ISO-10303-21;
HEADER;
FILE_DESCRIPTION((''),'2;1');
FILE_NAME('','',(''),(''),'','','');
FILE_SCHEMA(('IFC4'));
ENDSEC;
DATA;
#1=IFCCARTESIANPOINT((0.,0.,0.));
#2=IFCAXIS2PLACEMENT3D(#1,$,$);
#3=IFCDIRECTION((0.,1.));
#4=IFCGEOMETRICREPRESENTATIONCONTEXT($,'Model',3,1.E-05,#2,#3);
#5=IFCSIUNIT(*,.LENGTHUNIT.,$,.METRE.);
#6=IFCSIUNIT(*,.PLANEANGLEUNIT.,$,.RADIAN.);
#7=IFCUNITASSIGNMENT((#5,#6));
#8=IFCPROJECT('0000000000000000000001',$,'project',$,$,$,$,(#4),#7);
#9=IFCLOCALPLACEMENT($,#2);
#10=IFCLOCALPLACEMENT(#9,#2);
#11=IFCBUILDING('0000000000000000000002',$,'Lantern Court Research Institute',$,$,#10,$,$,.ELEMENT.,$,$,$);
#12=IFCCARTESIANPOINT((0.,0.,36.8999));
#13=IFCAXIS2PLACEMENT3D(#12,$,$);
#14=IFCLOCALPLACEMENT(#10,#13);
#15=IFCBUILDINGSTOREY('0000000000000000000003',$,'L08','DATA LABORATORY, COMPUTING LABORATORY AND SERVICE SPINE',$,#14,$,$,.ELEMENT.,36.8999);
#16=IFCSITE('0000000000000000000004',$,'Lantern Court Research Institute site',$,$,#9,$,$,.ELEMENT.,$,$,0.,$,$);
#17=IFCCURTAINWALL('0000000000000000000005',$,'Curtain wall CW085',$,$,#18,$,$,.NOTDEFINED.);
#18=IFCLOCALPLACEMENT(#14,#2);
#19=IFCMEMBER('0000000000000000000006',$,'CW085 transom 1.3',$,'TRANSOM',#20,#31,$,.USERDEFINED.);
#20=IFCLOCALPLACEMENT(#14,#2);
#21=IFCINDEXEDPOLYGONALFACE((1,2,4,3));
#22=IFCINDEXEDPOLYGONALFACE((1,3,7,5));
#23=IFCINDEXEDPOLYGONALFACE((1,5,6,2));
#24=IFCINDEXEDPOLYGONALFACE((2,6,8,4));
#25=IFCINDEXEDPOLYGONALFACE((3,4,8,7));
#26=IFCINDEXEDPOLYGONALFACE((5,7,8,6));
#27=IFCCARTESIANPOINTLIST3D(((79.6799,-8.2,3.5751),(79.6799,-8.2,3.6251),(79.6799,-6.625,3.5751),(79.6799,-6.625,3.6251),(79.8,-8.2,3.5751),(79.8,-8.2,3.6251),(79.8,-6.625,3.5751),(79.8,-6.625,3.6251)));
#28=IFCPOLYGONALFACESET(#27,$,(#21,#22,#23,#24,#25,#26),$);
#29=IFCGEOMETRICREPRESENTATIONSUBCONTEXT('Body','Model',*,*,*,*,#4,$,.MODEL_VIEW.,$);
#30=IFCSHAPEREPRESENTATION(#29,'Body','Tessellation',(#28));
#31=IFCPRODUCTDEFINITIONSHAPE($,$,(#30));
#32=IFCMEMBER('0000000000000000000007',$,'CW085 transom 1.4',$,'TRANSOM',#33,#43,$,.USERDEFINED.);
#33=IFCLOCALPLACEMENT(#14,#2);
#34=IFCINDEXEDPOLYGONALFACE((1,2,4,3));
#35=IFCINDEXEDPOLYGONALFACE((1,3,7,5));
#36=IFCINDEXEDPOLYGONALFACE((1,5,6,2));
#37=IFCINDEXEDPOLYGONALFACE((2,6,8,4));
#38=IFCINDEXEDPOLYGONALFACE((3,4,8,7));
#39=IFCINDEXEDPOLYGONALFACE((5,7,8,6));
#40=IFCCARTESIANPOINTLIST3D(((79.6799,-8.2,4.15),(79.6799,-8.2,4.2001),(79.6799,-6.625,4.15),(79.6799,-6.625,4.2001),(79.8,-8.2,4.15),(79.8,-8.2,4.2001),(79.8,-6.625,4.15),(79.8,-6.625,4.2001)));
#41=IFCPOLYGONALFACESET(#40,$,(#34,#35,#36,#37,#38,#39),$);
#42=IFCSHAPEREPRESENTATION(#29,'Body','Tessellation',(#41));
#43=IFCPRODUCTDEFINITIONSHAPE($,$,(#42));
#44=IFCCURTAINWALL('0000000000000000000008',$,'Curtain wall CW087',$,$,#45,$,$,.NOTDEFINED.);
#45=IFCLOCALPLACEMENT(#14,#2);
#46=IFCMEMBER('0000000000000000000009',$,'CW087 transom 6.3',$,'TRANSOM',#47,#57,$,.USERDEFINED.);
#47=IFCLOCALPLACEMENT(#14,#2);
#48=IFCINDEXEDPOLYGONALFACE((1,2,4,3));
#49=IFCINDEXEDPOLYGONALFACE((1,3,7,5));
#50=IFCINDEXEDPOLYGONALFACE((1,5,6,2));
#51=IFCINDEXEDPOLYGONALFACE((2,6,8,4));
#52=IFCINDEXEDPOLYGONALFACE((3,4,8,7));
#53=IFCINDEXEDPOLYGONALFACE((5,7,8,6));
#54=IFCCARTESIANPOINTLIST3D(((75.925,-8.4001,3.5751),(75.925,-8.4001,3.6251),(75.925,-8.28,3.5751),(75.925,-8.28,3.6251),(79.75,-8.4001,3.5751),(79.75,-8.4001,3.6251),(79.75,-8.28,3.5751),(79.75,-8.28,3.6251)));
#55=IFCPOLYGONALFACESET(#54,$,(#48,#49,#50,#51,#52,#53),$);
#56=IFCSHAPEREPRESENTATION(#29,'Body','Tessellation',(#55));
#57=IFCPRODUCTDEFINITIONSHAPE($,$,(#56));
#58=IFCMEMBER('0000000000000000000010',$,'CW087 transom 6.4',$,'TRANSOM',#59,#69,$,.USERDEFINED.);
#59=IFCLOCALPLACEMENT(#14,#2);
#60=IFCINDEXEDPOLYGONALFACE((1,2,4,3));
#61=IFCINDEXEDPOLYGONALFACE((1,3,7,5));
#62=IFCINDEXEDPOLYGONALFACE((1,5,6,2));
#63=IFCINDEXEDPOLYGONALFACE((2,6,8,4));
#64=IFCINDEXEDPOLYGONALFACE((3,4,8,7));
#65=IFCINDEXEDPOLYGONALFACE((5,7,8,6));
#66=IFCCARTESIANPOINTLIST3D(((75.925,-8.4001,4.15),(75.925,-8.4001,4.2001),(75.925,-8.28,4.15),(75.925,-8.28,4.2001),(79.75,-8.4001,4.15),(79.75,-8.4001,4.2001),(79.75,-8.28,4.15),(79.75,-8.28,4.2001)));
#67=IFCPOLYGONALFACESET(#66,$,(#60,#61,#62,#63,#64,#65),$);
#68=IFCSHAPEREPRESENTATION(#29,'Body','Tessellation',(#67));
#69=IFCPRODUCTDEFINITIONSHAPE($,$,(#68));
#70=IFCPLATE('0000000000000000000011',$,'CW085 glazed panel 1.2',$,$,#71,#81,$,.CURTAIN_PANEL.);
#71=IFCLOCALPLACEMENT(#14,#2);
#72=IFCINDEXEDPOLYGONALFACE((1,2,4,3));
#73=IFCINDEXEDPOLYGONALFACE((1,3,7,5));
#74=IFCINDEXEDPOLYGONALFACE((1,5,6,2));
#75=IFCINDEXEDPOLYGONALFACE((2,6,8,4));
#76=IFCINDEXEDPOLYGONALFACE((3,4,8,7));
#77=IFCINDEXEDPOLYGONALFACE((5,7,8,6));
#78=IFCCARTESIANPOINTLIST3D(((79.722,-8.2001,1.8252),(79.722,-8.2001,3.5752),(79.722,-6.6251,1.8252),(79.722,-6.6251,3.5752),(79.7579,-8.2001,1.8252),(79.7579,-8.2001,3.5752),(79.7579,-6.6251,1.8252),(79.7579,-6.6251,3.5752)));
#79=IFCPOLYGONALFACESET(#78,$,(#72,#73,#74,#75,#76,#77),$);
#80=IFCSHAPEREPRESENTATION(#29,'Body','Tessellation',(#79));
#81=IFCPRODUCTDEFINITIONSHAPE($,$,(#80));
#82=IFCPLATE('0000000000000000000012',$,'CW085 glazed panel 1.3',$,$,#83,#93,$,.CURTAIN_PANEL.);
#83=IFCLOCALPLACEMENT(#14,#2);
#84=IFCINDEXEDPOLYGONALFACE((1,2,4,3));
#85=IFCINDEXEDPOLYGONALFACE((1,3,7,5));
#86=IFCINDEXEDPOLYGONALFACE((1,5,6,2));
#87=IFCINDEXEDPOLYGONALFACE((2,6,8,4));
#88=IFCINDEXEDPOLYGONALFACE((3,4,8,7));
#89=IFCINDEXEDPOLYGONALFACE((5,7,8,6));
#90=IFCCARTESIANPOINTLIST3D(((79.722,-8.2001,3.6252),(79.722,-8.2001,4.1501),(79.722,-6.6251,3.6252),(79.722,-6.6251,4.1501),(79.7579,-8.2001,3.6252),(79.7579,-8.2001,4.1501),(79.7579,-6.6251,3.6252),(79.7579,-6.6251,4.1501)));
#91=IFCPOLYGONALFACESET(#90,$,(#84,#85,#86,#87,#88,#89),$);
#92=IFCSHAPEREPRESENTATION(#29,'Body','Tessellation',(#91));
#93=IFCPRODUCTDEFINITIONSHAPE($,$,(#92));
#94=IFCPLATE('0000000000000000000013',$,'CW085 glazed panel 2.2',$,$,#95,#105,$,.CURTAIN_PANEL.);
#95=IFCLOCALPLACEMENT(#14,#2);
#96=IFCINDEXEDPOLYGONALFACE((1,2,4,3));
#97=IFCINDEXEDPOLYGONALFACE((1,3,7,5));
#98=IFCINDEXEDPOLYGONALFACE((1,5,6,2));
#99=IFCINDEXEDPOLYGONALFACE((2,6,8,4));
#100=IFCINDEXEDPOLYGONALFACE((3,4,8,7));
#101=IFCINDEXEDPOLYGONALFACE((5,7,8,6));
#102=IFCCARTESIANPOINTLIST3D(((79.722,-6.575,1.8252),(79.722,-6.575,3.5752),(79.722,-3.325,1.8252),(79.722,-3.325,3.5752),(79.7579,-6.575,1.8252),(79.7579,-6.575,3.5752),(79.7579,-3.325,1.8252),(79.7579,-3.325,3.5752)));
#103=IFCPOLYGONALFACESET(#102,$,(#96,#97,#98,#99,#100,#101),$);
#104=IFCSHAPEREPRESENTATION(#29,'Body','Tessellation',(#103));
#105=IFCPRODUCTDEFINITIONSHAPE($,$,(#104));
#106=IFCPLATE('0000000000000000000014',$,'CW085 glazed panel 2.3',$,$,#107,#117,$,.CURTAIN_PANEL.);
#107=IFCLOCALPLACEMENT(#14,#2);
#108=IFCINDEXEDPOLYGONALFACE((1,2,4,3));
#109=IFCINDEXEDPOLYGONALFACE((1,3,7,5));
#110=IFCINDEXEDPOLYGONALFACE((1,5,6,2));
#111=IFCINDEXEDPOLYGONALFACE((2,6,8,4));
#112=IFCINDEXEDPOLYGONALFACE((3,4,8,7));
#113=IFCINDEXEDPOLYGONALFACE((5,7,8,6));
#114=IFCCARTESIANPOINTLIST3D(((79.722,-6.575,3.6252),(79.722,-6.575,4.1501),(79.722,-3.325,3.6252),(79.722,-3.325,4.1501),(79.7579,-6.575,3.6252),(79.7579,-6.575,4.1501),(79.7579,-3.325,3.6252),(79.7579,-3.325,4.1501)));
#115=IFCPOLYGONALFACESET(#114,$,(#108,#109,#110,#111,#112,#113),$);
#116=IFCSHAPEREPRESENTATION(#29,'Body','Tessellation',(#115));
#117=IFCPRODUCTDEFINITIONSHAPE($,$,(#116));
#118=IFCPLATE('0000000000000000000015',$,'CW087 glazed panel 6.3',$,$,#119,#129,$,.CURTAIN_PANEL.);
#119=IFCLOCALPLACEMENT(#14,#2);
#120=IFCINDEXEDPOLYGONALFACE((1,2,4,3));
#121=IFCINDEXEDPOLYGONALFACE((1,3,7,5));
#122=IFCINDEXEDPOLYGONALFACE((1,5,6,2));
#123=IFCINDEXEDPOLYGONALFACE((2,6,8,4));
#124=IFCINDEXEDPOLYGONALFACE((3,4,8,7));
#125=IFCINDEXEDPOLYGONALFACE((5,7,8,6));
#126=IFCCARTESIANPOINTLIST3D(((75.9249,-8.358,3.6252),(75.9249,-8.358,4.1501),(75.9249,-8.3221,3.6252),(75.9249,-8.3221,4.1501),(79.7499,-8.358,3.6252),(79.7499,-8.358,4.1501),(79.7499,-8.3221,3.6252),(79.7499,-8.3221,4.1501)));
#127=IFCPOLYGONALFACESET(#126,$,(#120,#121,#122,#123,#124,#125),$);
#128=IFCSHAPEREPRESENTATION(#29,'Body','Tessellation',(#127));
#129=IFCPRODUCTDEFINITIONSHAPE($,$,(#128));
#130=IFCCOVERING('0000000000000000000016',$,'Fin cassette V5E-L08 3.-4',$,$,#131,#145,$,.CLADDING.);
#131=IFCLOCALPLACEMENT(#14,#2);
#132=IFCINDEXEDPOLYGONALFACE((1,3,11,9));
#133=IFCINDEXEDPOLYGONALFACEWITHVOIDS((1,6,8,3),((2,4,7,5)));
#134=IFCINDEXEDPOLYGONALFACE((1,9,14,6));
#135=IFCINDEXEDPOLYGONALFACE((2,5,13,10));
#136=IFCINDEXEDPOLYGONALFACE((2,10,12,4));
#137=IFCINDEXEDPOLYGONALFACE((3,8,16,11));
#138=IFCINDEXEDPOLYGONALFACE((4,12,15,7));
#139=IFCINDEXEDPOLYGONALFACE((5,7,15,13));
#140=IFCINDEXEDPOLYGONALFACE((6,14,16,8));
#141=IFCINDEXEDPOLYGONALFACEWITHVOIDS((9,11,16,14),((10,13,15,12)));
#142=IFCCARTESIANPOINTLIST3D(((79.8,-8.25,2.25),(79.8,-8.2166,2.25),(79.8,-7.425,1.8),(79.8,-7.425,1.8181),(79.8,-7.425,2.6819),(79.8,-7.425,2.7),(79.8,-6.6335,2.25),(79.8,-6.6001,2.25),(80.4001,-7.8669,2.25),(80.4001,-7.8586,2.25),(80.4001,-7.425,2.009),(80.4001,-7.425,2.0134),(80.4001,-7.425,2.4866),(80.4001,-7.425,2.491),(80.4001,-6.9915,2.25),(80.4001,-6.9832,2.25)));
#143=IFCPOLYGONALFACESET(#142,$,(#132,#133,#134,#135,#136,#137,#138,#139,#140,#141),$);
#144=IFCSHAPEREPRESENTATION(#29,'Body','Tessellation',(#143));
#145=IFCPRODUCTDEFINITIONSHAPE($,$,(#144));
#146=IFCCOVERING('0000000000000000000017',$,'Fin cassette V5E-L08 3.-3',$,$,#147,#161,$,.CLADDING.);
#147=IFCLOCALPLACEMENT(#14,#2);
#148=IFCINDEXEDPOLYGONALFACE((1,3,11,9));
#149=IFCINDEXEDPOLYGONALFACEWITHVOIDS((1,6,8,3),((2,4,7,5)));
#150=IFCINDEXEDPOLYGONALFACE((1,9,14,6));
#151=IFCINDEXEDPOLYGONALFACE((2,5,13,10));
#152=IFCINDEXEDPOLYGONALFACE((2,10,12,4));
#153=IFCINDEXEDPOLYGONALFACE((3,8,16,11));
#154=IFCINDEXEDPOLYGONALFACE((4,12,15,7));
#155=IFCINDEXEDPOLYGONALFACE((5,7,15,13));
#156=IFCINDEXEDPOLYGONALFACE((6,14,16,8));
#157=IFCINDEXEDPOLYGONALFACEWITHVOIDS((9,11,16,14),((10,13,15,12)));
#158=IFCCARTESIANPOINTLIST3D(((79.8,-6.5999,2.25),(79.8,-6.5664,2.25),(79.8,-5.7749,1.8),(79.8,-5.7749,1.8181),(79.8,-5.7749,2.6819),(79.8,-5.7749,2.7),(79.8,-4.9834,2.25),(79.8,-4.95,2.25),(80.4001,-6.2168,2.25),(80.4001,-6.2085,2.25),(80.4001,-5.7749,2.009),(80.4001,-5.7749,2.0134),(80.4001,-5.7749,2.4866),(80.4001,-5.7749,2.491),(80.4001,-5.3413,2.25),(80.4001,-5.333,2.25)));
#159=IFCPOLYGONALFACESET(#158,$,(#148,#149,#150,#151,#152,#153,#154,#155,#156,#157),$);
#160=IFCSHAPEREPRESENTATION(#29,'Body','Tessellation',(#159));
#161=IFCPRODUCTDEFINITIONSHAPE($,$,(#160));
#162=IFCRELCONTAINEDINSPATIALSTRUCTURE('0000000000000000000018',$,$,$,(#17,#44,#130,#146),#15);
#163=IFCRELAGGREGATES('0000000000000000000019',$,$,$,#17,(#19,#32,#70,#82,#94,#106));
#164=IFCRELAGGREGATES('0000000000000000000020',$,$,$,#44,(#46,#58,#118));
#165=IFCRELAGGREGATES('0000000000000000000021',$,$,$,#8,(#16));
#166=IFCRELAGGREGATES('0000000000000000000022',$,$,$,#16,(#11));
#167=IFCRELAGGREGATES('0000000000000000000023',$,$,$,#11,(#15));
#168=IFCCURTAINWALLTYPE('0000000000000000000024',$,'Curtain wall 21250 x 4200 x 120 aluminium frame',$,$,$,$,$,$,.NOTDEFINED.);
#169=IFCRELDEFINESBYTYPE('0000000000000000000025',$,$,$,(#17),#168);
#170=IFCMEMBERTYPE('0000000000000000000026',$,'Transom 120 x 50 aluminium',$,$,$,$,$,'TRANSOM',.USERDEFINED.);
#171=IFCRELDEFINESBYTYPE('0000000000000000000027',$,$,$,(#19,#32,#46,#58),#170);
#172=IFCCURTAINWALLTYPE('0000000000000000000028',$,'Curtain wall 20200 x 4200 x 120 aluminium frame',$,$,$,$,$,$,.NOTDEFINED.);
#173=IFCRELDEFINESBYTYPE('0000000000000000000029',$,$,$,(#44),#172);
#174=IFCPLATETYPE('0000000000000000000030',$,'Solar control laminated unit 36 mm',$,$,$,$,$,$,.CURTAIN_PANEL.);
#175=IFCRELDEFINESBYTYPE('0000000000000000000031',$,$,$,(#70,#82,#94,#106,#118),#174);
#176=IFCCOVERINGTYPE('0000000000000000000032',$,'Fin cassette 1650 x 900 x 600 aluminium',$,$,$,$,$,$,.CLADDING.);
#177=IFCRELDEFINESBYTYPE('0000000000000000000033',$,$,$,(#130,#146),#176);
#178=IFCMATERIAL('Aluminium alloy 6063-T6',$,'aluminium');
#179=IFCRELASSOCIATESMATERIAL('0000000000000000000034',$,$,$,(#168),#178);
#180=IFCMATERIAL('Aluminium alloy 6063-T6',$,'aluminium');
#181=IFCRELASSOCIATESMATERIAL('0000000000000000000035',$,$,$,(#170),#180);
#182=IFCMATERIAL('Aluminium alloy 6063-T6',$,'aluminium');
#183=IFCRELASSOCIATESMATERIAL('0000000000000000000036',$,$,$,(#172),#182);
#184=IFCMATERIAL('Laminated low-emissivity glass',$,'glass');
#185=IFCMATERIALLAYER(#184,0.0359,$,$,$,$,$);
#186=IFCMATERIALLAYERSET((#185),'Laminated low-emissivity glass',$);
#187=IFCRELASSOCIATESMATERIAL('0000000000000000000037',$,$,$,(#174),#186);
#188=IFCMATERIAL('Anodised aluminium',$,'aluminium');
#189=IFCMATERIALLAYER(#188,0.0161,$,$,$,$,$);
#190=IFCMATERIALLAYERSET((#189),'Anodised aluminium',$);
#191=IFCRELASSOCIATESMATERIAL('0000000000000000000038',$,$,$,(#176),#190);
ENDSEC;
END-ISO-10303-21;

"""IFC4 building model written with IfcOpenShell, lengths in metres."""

from ifc_helpers import new_model, entity, si_unit, direction, frame, origin, origin_2d, place, context, subcontext, project, spatial, rectangle, extrude, material, layer, layer_set, material_profile, profile_set, type_object, element, aggregate, save


model = new_model("IFC4")

# Units and contexts
model_context = context("Model", 3, precision=1e-05, world=origin(), true_north=direction((0.0, 1.0)))
body_context = subcontext(model_context, "Body", "Model", "MODEL_VIEW")
ifc_project = project(units=[si_unit("LENGTHUNIT", "METRE"), si_unit("PLANEANGLEUNIT", "RADIAN")], contexts=[model_context])

# Site, building, storey
site_placement = place(None, origin())
site = spatial("IfcSite", under=ifc_project, at=site_placement, Name="Lantern Court Research Institute site", CompositionType="ELEMENT", RefElevation=0.0)
building_placement = place(site_placement, origin())
building = spatial("IfcBuilding", under=site, at=building_placement, Name="Lantern Court Research Institute", CompositionType="ELEMENT")
storey_placement = place(building_placement, frame((0.0, 0.0, 36.8999)))
storey = spatial("IfcBuildingStorey", under=building, at=storey_placement, Name="L08", Description="DATA LABORATORY, COMPUTING LABORATORY AND SERVICE SPINE", CompositionType="ELEMENT", Elevation=36.8999)

# Curtain walls, members
ifc_material_1 = material(Name="Aluminium alloy 6063-T6", Category="aluminium")
curtain_wall_type_1 = type_object("IfcCurtainWallType", Name="Curtain wall 21250 x 4200 x 120 aluminium frame", PredefinedType="NOTDEFINED", material=ifc_material_1)
curtain_wall_1_placement = place(storey_placement, origin())
curtain_wall_1 = element("IfcCurtainWall", 1, at=curtain_wall_1_placement, inside=storey, type_object=curtain_wall_type_1, Name="Curtain wall CW085", PredefinedType="NOTDEFINED")
ifc_material_2 = material(Name="Aluminium alloy 6063-T6", Category="aluminium")
ifc_material_profile = material_profile(ifc_material_2, rectangle(XDim=0.1201, YDim=0.05, at=origin_2d()), Name="Transom 120 x 50")
ifc_profile_set = profile_set([ifc_material_profile], Name="Aluminium alloy 6063-T6")
member_type = type_object("IfcMemberType", Name="Transom 120 x 50 aluminium", ElementType="TRANSOM", PredefinedType="USERDEFINED", material=ifc_profile_set)
member_1_placement = place(storey_placement, frame((79.74, -6.625, 3.6001), z_axis=(0.0, -1.0, 0.0), x_axis=(1.0, 0.0, 0.0)))
member_1 = element("IfcMember", 2, at=member_1_placement, type_object=member_type, Name="CW085 transom 1.3", ObjectType="TRANSOM", PredefinedType="USERDEFINED", context=body_context, shape_type="SweptSolid", body=[
    extrude(rectangle(XDim=0.1201, YDim=0.05, at=origin_2d()), origin(), (0.0, 0.0, 1.0), 1.575),
])
member_2_placement = place(storey_placement, frame((79.74, -6.625, 4.175), z_axis=(0.0, -1.0, 0.0), x_axis=(1.0, 0.0, 0.0)))
member_2 = element("IfcMember", 3, at=member_2_placement, type_object=member_type, Name="CW085 transom 1.4", ObjectType="TRANSOM", PredefinedType="USERDEFINED", context=body_context, shape_type="SweptSolid", body=[
    extrude(rectangle(XDim=0.1201, YDim=0.05, at=origin_2d()), origin(), (0.0, 0.0, 1.0), 1.575),
])
ifc_material_3 = material(Name="Aluminium alloy 6063-T6", Category="aluminium")
curtain_wall_type_2 = type_object("IfcCurtainWallType", Name="Curtain wall 20200 x 4200 x 120 aluminium frame", PredefinedType="NOTDEFINED", material=ifc_material_3)
curtain_wall_2_placement = place(storey_placement, origin())
curtain_wall_2 = element("IfcCurtainWall", 4, at=curtain_wall_2_placement, inside=storey, type_object=curtain_wall_type_2, Name="Curtain wall CW087", PredefinedType="NOTDEFINED")
member_3_placement = place(storey_placement, frame((79.75, -8.3401, 3.6001), z_axis=(-1.0, 0.0, 0.0), x_axis=(0.0, -1.0, 0.0)))
member_3 = element("IfcMember", 5, at=member_3_placement, type_object=member_type, Name="CW087 transom 6.3", ObjectType="TRANSOM", PredefinedType="USERDEFINED", context=body_context, shape_type="SweptSolid", body=[
    extrude(rectangle(XDim=0.1201, YDim=0.05, at=origin_2d()), origin(), (0.0, 0.0, 1.0), 3.825),
])
member_4_placement = place(storey_placement, frame((79.75, -8.3401, 4.175), z_axis=(-1.0, 0.0, 0.0), x_axis=(0.0, -1.0, 0.0)))
member_4 = element("IfcMember", 6, at=member_4_placement, type_object=member_type, Name="CW087 transom 6.4", ObjectType="TRANSOM", PredefinedType="USERDEFINED", context=body_context, shape_type="SweptSolid", body=[
    extrude(rectangle(XDim=0.1201, YDim=0.05, at=origin_2d()), origin(), (0.0, 0.0, 1.0), 3.825),
])

# Plates
ifc_material_4 = material(Name="Laminated low-emissivity glass", Category="glass")
ifc_layer_1 = layer(ifc_material_4, 0.0359)
ifc_layer_set_1 = layer_set([ifc_layer_1], Name="Laminated low-emissivity glass")
plate_type = type_object("IfcPlateType", Name="Solar control laminated unit 36 mm", PredefinedType="CURTAIN_PANEL", material=ifc_layer_set_1)
plate_1_placement = place(storey_placement, frame((79.74, -7.4126, 1.8252), z_axis=(0.0, 0.0, 1.0), x_axis=(0.0, -1.0, 0.0)))
plate_1 = element("IfcPlate", 7, at=plate_1_placement, type_object=plate_type, Name="CW085 glazed panel 1.2", PredefinedType="CURTAIN_PANEL", context=body_context, shape_type="SweptSolid", body=[
    extrude(rectangle(XDim=1.575, YDim=0.0359, at=origin_2d()), origin(), (0.0, 0.0, 1.0), 1.75),
])
plate_2_placement = place(storey_placement, frame((79.74, -7.4126, 3.6252), z_axis=(0.0, 0.0, 1.0), x_axis=(0.0, -1.0, 0.0)))
plate_2 = element("IfcPlate", 8, at=plate_2_placement, type_object=plate_type, Name="CW085 glazed panel 1.3", PredefinedType="CURTAIN_PANEL", context=body_context, shape_type="SweptSolid", body=[
    extrude(rectangle(XDim=1.575, YDim=0.0359, at=origin_2d()), origin(), (0.0, 0.0, 1.0), 0.5249),
])
plate_3_placement = place(storey_placement, frame((79.74, -4.95, 1.8252), z_axis=(0.0, 0.0, 1.0), x_axis=(0.0, -1.0, 0.0)))
plate_3 = element("IfcPlate", 9, at=plate_3_placement, type_object=plate_type, Name="CW085 glazed panel 2.2", PredefinedType="CURTAIN_PANEL", context=body_context, shape_type="SweptSolid", body=[
    extrude(rectangle(XDim=3.25, YDim=0.0359, at=origin_2d()), origin(), (0.0, 0.0, 1.0), 1.75),
])
plate_4_placement = place(storey_placement, frame((79.74, -4.95, 3.6252), z_axis=(0.0, 0.0, 1.0), x_axis=(0.0, -1.0, 0.0)))
plate_4 = element("IfcPlate", 10, at=plate_4_placement, type_object=plate_type, Name="CW085 glazed panel 2.3", PredefinedType="CURTAIN_PANEL", context=body_context, shape_type="SweptSolid", body=[
    extrude(rectangle(XDim=3.25, YDim=0.0359, at=origin_2d()), origin(), (0.0, 0.0, 1.0), 0.5249),
])
aggregate(curtain_wall_1, [member_1, member_2, plate_1, plate_2, plate_3, plate_4])
plate_5_placement = place(storey_placement, frame((77.8374, -8.3401, 3.6252), z_axis=(0.0, 0.0, 1.0), x_axis=(-1.0, 0.0, 0.0)))
plate_5 = element("IfcPlate", 11, at=plate_5_placement, type_object=plate_type, Name="CW087 glazed panel 6.3", PredefinedType="CURTAIN_PANEL", context=body_context, shape_type="SweptSolid", body=[
    extrude(rectangle(XDim=3.825, YDim=0.0359, at=origin_2d()), origin(), (0.0, 0.0, 1.0), 0.5249),
])
aggregate(curtain_wall_2, [member_3, member_4, plate_5])

# Coverings
ifc_material_5 = material(Name="Anodised aluminium", Category="aluminium")
ifc_layer_2 = layer(ifc_material_5, 0.0161)
ifc_layer_set_2 = layer_set([ifc_layer_2], Name="Anodised aluminium")
covering_type = type_object("IfcCoveringType", Name="Fin cassette 1650 x 900 x 600 aluminium", PredefinedType="CLADDING", material=ifc_layer_set_2)
covering_1_placement = place(storey_placement, frame((79.8, -7.425, 2.25), z_axis=(1.0, 0.0, 0.0), x_axis=(0.0, 1.0, 0.0)))
cartesian_point_1 = entity("IfcCartesianPoint", [0.825, 0.0])
cartesian_point_2 = entity("IfcCartesianPoint", [0.7915, 0.0])
cartesian_point_3 = entity("IfcCartesianPoint", [0.4419, 0.0])
cartesian_point_4 = entity("IfcCartesianPoint", [0.4336, 0.0])
element("IfcCovering", 12, at=covering_1_placement, inside=storey, type_object=covering_type, Name="Fin cassette V5E-L08 3.-4", PredefinedType="CLADDING", context=body_context, shape_type="SweptSolid", body=[
    entity("IfcExtrudedAreaSolidTapered", entity("IfcArbitraryProfileDefWithVoids", "AREA", None, entity("IfcPolyline", [cartesian_point_1, entity("IfcCartesianPoint", [0.0, 0.45]), entity("IfcCartesianPoint", [-0.825, 0.0]), entity("IfcCartesianPoint", [0.0, -0.45]), cartesian_point_1]), [entity("IfcPolyline", [cartesian_point_2, entity("IfcCartesianPoint", [0.0, 0.4319]), entity("IfcCartesianPoint", [-0.7915, 0.0]), entity("IfcCartesianPoint", [0.0, -0.4319]), cartesian_point_2])]), entity("IfcAxis2Placement3D", entity("IfcCartesianPoint", [0.0, 0.0, 0.0])), entity("IfcDirection", [0.0, 0.0, 1.0]), 0.6001, entity("IfcArbitraryProfileDefWithVoids", "AREA", None, entity("IfcPolyline", [cartesian_point_3, entity("IfcCartesianPoint", [0.0, 0.241]), entity("IfcCartesianPoint", [-0.4419, 0.0]), entity("IfcCartesianPoint", [0.0, -0.241]), cartesian_point_3]), [entity("IfcPolyline", [cartesian_point_4, entity("IfcCartesianPoint", [0.0, 0.2366]), entity("IfcCartesianPoint", [-0.4336, 0.0]), entity("IfcCartesianPoint", [0.0, -0.2366]), cartesian_point_4])])),
])
covering_2_placement = place(storey_placement, frame((79.8, -5.7749, 2.25), z_axis=(1.0, 0.0, 0.0), x_axis=(0.0, 1.0, 0.0)))
cartesian_point_5 = entity("IfcCartesianPoint", [0.825, 0.0])
cartesian_point_6 = entity("IfcCartesianPoint", [0.7915, 0.0])
cartesian_point_7 = entity("IfcCartesianPoint", [0.4419, 0.0])
cartesian_point_8 = entity("IfcCartesianPoint", [0.4336, 0.0])
element("IfcCovering", 13, at=covering_2_placement, inside=storey, type_object=covering_type, Name="Fin cassette V5E-L08 3.-3", PredefinedType="CLADDING", context=body_context, shape_type="SweptSolid", body=[
    entity("IfcExtrudedAreaSolidTapered", entity("IfcArbitraryProfileDefWithVoids", "AREA", None, entity("IfcPolyline", [cartesian_point_5, entity("IfcCartesianPoint", [0.0, 0.45]), entity("IfcCartesianPoint", [-0.825, 0.0]), entity("IfcCartesianPoint", [0.0, -0.45]), cartesian_point_5]), [entity("IfcPolyline", [cartesian_point_6, entity("IfcCartesianPoint", [0.0, 0.4319]), entity("IfcCartesianPoint", [-0.7915, 0.0]), entity("IfcCartesianPoint", [0.0, -0.4319]), cartesian_point_6])]), entity("IfcAxis2Placement3D", entity("IfcCartesianPoint", [0.0, 0.0, 0.0])), entity("IfcDirection", [0.0, 0.0, 1.0]), 0.6001, entity("IfcArbitraryProfileDefWithVoids", "AREA", None, entity("IfcPolyline", [cartesian_point_7, entity("IfcCartesianPoint", [0.0, 0.241]), entity("IfcCartesianPoint", [-0.4419, 0.0]), entity("IfcCartesianPoint", [0.0, -0.241]), cartesian_point_7]), [entity("IfcPolyline", [cartesian_point_8, entity("IfcCartesianPoint", [0.0, 0.2366]), entity("IfcCartesianPoint", [-0.4336, 0.0]), entity("IfcCartesianPoint", [0.0, -0.2366]), cartesian_point_8])])),
])

save(model, "model.ifc")
